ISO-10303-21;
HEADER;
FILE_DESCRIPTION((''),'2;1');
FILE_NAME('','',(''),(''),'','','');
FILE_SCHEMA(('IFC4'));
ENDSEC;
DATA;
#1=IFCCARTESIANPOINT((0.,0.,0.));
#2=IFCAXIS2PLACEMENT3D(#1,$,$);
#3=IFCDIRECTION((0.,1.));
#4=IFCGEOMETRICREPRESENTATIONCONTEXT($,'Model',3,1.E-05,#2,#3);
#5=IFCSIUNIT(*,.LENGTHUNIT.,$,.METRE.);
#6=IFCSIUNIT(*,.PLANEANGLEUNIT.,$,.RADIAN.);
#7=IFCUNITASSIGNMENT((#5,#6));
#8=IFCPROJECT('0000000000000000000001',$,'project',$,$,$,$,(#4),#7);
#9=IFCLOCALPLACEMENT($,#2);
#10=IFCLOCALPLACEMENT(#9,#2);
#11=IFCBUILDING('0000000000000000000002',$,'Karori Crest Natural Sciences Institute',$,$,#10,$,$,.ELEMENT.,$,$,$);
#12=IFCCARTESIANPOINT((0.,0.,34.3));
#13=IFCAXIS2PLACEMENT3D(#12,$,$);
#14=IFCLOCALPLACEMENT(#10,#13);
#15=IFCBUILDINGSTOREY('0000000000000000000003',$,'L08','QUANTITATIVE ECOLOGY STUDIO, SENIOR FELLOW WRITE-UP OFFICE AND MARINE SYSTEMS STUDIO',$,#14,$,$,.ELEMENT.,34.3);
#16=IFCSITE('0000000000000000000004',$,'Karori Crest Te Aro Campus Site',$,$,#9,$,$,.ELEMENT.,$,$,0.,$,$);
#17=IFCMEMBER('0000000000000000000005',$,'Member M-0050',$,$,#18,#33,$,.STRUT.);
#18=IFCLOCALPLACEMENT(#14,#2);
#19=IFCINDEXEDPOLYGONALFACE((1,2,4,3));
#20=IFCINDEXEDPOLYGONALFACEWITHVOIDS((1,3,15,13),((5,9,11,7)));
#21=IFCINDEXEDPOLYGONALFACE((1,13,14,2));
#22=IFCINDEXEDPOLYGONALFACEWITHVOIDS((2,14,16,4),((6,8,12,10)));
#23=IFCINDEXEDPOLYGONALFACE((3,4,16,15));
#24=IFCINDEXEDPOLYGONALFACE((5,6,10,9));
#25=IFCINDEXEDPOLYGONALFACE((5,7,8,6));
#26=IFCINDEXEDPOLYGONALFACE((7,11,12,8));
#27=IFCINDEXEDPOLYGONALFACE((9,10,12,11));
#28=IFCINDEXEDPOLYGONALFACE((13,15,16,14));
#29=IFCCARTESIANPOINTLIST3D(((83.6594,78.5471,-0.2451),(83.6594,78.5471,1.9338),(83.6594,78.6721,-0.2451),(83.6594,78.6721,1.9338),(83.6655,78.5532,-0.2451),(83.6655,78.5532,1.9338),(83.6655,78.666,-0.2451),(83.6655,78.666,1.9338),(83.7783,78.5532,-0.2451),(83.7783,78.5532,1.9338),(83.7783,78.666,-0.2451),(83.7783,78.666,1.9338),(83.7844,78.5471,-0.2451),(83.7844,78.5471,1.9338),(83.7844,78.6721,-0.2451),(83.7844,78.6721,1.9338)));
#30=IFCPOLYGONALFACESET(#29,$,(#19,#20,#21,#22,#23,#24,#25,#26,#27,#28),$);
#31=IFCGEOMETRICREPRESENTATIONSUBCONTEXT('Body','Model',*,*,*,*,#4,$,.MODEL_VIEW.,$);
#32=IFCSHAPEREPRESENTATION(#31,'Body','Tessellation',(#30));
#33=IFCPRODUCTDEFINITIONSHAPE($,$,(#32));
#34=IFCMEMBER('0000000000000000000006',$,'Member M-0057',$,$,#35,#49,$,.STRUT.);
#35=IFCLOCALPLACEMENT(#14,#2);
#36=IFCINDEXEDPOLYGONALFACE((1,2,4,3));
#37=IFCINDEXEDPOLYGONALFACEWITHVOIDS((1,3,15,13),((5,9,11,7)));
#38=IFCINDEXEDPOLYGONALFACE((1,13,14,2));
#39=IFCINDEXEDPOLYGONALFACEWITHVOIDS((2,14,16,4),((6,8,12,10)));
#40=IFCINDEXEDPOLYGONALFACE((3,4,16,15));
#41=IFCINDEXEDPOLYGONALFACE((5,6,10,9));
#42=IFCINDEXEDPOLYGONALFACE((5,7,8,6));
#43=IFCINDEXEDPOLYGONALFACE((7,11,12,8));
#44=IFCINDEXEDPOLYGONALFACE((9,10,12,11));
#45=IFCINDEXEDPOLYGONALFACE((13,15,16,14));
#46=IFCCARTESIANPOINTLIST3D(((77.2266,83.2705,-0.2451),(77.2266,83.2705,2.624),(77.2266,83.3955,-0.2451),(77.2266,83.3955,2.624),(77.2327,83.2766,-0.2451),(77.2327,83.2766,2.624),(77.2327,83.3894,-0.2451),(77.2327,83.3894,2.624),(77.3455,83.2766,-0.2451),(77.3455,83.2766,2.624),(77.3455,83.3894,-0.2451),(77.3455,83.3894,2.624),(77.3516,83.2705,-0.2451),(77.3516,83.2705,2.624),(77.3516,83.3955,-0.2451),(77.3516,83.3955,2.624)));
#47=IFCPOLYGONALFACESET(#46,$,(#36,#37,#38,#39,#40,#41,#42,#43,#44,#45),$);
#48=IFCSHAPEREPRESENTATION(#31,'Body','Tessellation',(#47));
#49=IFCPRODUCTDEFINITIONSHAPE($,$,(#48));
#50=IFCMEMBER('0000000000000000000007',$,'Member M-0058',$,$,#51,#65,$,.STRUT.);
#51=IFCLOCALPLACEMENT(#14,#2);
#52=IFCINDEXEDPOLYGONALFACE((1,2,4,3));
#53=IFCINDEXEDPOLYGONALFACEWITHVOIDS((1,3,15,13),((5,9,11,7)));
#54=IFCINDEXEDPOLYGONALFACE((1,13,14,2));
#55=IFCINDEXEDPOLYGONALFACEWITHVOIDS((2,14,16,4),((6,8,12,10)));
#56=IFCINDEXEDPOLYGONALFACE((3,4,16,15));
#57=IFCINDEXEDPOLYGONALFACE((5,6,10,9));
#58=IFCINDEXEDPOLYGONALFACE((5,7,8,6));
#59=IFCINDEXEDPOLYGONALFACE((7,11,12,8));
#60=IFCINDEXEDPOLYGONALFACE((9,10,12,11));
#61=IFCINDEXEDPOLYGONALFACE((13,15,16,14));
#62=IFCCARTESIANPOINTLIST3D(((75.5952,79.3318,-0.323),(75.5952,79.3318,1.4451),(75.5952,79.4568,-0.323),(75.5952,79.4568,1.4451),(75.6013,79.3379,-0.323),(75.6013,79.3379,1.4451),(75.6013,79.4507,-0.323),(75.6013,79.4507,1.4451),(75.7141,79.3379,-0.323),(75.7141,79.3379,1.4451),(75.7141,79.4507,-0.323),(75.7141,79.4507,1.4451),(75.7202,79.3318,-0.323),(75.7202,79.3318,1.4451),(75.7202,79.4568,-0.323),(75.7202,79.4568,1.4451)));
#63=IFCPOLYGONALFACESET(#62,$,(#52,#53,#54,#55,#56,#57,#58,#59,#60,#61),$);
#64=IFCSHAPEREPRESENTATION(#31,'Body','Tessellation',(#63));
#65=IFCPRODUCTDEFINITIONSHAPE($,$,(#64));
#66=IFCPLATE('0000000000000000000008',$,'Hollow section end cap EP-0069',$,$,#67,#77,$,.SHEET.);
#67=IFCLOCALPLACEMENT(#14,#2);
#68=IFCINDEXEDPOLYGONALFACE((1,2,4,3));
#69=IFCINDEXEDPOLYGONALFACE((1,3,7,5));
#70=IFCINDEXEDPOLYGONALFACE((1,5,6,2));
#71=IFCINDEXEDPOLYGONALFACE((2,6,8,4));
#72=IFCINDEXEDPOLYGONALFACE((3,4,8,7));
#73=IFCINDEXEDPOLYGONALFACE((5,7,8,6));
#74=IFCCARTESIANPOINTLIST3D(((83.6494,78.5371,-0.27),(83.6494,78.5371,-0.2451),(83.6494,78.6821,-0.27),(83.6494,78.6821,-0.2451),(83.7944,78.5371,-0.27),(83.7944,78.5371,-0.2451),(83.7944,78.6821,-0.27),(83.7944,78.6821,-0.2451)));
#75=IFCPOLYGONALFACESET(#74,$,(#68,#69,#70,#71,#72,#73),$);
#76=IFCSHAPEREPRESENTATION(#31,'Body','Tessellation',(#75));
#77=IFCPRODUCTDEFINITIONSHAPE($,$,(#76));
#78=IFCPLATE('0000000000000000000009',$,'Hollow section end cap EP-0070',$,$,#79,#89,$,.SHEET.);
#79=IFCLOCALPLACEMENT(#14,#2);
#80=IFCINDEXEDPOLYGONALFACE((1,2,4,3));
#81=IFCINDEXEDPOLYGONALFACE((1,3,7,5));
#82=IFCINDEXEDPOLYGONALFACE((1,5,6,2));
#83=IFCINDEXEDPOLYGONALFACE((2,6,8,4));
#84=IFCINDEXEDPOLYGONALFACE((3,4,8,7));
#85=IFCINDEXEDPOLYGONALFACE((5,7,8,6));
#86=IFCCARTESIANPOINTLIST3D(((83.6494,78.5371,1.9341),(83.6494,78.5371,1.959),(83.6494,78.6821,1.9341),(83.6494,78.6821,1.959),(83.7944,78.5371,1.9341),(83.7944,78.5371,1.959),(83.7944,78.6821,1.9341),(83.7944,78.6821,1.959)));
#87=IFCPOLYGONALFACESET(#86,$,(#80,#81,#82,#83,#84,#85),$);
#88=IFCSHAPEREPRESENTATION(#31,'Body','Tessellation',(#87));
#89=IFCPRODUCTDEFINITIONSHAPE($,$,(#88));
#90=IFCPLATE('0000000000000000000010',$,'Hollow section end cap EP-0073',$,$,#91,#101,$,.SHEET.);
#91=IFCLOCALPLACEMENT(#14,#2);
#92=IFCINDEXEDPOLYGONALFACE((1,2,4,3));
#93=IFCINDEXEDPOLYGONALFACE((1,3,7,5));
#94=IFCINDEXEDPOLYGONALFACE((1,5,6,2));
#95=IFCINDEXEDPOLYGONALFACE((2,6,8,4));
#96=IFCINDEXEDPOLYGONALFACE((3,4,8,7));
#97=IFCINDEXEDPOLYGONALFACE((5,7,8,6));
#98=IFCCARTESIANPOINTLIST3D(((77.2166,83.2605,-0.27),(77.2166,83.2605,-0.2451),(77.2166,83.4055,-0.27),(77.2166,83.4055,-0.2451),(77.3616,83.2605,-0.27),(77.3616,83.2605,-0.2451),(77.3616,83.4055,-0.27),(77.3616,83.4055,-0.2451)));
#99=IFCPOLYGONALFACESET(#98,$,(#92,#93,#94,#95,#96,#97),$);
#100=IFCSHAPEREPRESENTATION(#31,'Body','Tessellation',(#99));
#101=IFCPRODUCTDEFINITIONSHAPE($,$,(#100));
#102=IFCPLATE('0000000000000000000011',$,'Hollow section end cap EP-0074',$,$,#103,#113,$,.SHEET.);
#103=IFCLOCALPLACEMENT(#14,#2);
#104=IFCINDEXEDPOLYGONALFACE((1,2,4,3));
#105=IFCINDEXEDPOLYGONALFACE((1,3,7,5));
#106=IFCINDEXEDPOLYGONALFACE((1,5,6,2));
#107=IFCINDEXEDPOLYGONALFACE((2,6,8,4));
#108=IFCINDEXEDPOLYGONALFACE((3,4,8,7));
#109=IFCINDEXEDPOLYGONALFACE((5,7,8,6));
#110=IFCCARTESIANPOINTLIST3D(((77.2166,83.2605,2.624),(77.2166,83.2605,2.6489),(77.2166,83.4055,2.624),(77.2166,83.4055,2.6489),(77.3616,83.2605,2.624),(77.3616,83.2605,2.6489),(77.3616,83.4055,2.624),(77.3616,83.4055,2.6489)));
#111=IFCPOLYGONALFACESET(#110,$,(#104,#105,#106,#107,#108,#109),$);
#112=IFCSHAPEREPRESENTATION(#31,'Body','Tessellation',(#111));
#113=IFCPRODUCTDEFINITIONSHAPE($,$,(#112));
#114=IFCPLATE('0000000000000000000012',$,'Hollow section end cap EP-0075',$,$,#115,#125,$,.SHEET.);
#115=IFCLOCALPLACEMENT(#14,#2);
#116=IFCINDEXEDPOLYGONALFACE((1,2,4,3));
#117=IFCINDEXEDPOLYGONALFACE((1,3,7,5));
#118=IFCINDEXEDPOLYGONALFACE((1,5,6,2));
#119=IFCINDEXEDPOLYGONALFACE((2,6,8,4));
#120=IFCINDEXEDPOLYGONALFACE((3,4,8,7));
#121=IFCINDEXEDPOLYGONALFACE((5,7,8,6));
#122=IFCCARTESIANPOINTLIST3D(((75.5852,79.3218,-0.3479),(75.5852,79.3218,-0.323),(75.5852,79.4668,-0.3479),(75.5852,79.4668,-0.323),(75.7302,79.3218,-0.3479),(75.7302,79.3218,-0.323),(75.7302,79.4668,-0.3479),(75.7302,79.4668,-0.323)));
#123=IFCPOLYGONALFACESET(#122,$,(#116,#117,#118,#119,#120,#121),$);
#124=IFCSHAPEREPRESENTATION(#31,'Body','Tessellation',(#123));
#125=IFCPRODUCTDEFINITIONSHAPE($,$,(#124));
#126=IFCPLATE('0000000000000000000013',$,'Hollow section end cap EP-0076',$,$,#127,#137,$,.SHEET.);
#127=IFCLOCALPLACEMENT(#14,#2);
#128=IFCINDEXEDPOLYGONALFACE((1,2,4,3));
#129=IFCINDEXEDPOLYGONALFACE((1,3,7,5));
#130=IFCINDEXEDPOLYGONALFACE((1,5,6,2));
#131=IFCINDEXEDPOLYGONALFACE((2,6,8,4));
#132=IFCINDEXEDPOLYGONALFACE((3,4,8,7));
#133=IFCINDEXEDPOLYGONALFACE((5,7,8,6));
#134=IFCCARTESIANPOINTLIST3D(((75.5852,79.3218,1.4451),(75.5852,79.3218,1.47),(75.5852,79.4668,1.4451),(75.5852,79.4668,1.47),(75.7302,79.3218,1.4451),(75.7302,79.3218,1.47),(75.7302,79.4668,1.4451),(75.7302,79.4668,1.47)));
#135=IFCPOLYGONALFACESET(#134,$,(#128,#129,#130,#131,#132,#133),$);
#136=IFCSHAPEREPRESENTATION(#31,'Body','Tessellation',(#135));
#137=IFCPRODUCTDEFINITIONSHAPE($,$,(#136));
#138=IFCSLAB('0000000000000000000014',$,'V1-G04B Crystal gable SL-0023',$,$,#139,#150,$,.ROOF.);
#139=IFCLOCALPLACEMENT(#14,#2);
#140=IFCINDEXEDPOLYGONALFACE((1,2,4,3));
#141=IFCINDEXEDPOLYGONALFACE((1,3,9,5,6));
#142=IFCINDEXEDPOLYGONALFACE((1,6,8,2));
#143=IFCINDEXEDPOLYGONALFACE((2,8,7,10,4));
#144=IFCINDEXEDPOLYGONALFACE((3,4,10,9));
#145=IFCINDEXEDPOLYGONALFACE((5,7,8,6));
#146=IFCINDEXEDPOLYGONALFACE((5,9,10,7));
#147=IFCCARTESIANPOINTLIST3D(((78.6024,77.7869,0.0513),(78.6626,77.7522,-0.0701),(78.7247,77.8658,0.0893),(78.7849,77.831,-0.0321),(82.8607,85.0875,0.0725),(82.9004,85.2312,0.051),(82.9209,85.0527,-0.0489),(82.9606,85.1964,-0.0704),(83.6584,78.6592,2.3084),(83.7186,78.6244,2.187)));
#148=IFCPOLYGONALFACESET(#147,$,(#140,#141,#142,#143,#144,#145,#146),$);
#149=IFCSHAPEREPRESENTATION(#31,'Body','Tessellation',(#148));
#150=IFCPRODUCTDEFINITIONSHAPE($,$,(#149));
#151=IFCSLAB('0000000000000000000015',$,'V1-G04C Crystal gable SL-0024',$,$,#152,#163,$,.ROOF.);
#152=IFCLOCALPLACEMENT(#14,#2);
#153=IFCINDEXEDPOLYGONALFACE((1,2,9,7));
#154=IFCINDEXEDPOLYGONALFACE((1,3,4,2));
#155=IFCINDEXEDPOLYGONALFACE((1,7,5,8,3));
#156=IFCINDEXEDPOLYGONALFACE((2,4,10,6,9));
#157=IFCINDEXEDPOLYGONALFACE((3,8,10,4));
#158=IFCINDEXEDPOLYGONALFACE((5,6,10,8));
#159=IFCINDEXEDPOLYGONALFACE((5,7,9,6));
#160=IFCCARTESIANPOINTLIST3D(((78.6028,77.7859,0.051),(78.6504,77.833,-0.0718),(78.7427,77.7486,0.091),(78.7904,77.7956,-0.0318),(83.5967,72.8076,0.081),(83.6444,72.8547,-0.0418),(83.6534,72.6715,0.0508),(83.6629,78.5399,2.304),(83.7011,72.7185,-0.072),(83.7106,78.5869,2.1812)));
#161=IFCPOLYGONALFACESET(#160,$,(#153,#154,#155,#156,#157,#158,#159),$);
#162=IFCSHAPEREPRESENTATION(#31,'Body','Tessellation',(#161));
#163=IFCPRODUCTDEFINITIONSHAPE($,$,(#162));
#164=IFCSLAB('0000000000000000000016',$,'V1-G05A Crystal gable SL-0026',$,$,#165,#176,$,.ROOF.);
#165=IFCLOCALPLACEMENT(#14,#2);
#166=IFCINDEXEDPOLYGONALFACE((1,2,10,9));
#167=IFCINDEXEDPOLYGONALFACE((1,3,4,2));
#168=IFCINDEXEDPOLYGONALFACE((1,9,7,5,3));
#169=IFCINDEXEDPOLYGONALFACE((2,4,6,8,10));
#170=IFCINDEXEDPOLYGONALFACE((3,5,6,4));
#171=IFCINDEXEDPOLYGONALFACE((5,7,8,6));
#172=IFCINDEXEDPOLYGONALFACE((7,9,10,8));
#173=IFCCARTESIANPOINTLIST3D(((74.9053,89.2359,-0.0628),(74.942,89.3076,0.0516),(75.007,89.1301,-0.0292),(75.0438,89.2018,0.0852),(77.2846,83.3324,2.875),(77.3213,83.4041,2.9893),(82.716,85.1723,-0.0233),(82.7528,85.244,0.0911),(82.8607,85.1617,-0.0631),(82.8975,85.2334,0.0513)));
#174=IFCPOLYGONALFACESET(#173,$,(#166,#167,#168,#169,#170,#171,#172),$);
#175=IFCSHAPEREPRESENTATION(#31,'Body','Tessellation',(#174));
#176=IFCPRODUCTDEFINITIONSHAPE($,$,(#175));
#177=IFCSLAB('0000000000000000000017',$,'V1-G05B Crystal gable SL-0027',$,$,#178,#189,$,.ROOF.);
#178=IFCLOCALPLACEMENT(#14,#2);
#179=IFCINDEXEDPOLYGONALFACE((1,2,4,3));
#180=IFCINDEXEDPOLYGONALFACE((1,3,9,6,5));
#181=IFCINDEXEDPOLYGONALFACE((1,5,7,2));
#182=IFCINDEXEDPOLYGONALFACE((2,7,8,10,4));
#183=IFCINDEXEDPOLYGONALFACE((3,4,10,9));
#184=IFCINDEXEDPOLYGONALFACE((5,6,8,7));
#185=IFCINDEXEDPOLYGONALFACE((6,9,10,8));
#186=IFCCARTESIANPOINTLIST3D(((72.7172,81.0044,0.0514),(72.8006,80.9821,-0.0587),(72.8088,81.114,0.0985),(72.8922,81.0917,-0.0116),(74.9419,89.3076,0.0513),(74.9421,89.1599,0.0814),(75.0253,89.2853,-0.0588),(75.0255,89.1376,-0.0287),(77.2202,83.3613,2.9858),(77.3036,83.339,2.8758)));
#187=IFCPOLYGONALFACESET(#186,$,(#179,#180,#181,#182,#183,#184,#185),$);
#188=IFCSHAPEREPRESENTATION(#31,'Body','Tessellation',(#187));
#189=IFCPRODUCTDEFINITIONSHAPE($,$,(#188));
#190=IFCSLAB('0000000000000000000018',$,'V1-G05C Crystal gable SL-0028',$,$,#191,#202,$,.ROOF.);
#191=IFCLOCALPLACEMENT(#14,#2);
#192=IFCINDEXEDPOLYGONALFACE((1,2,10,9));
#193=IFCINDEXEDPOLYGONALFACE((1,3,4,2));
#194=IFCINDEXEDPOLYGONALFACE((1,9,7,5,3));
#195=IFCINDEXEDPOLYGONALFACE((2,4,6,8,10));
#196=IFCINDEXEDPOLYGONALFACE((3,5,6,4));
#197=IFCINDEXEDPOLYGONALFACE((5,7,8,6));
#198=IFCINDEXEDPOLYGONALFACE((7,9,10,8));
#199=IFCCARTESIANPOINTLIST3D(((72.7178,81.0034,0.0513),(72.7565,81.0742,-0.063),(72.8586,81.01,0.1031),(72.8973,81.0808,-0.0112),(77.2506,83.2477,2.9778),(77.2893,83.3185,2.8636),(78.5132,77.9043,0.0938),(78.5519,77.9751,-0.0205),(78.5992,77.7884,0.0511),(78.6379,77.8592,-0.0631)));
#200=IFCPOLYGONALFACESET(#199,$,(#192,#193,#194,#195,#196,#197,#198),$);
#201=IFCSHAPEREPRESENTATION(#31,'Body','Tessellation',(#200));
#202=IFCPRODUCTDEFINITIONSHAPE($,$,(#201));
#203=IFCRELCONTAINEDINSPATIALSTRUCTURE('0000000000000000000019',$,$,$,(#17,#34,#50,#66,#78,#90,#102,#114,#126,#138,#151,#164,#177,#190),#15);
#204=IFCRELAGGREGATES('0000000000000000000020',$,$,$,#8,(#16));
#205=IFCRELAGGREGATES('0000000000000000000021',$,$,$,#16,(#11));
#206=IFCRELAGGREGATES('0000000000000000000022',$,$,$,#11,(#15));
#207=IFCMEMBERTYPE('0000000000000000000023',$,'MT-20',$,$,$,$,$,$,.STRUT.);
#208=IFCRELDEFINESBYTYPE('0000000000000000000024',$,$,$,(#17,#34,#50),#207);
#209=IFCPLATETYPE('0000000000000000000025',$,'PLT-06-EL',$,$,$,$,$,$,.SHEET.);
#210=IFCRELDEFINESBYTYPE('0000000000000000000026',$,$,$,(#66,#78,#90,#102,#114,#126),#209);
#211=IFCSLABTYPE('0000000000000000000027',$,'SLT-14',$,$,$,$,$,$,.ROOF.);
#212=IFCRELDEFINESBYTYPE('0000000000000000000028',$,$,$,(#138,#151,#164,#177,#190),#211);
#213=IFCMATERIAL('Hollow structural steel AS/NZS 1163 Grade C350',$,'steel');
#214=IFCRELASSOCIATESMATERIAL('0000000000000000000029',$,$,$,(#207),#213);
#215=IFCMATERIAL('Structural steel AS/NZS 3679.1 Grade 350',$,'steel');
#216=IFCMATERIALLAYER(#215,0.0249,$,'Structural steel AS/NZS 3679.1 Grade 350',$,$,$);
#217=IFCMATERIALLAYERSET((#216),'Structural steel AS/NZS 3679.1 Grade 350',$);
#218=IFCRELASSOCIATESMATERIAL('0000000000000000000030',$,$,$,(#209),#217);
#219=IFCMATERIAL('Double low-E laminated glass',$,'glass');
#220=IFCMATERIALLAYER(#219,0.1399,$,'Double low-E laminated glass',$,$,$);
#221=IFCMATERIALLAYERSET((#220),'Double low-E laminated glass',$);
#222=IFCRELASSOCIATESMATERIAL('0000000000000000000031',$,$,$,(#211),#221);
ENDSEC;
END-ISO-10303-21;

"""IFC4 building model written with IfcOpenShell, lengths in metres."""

from ifc_helpers import new_model, si_unit, direction, frame, origin, origin_2d, place, context, subcontext, project, spatial, polyline, rectangle, hollow_rectangle, outline, extrude, material, layer, layer_set, material_profile, profile_set, type_object, element, save


model = new_model("IFC4")

# Units and contexts
model_context = context("Model", 3, precision=1e-05, world=origin(), true_north=direction((0.0, 1.0)))
body_context = subcontext(model_context, "Body", "Model", "MODEL_VIEW")
ifc_project = project(units=[si_unit("LENGTHUNIT", "METRE"), si_unit("PLANEANGLEUNIT", "RADIAN")], contexts=[model_context])

# Site, building, storey
site_placement = place(None, origin())
site = spatial("IfcSite", under=ifc_project, at=site_placement, Name="Karori Crest Te Aro Campus Site", CompositionType="ELEMENT", RefElevation=0.0)
building_placement = place(site_placement, origin())
building = spatial("IfcBuilding", under=site, at=building_placement, Name="Karori Crest Natural Sciences Institute", CompositionType="ELEMENT")
storey_placement = place(building_placement, frame((0.0, 0.0, 34.3)))
storey = spatial("IfcBuildingStorey", under=building, at=storey_placement, Name="L08", Description="QUANTITATIVE ECOLOGY STUDIO, SENIOR FELLOW WRITE-UP OFFICE AND MARINE SYSTEMS STUDIO", CompositionType="ELEMENT", Elevation=34.3)

# Members
ifc_material_1 = material(Name="Structural steel AS/NZS 3679.1 Grade 350", Category="steel")
ifc_material_2 = material(Name="Hollow structural steel AS/NZS 1163 Grade C350", Category="steel")
ifc_material_profile_1 = material_profile(ifc_material_2, hollow_rectangle(XDim=0.125, YDim=0.125, WallThickness=0.0061, at=origin_2d()), Name="SHS125x125x6")
ifc_profile_set_1 = profile_set([ifc_material_profile_1], Name="Hollow structural steel AS/NZS 1163 Grade C350")
member_type_1 = type_object("IfcMemberType", Name="MT-20", PredefinedType="STRUT", material=ifc_profile_set_1)
member_1_placement = place(storey_placement, frame((83.7219, 78.6096, -0.2451), z_axis=(0.0, 0.0, 1.0), x_axis=(1.0, 0.0, 0.0)))
element("IfcMember", 1, at=member_1_placement, inside=storey, type_object=member_type_1, Name="Member M-0050", PredefinedType="STRUT", context=body_context, shape_type="SweptSolid", body=[
    extrude(hollow_rectangle(XDim=0.125, YDim=0.125, WallThickness=0.0061, at=origin_2d()), origin(), (0.0, 0.0, 1.0), 2.179),
])
member_2_placement = place(storey_placement, frame((77.2891, 83.333, -0.2451), z_axis=(0.0, 0.0, 1.0), x_axis=(1.0, 0.0, 0.0)))
element("IfcMember", 2, at=member_2_placement, inside=storey, type_object=member_type_1, Name="Member M-0057", PredefinedType="STRUT", context=body_context, shape_type="SweptSolid", body=[
    extrude(hollow_rectangle(XDim=0.125, YDim=0.125, WallThickness=0.0061, at=origin_2d()), origin(), (0.0, 0.0, 1.0), 2.8691),
])
member_3_placement = place(storey_placement, frame((75.6577, 79.3943, -0.323), z_axis=(0.0, 0.0, 1.0), x_axis=(1.0, 0.0, 0.0)))
element("IfcMember", 3, at=member_3_placement, inside=storey, type_object=member_type_1, Name="Member M-0058", PredefinedType="STRUT", context=body_context, shape_type="SweptSolid", body=[
    extrude(hollow_rectangle(XDim=0.125, YDim=0.125, WallThickness=0.0061, at=origin_2d()), origin(), (0.0, 0.0, 1.0), 1.7681),
])

# Plates
ifc_layer_1 = layer(ifc_material_1, 0.0249, Name="Structural steel AS/NZS 3679.1 Grade 350")
ifc_layer_set_1 = layer_set([ifc_layer_1], Name="Structural steel AS/NZS 3679.1 Grade 350")
plate_type = type_object("IfcPlateType", Name="PLT-06-EL", PredefinedType="SHEET", material=ifc_layer_set_1)
for number, where, z_axis, x_axis, name in (
    (4, (83.7219, 78.6096, -0.27), (0.0, 0.0, 1.0), (1.0, 0.0, 0.0), "Hollow section end cap EP-0069"),
    (5, (83.7219, 78.6096, 1.9341), (0.0, 0.0, 1.0), (1.0, 0.0, 0.0), "Hollow section end cap EP-0070"),
    (6, (77.2891, 83.333, -0.27), (0.0, 0.0, 1.0), (1.0, 0.0, 0.0), "Hollow section end cap EP-0073"),
    (7, (77.2891, 83.333, 2.624), (0.0, 0.0, 1.0), (1.0, 0.0, 0.0), "Hollow section end cap EP-0074"),
    (8, (75.6577, 79.3943, -0.3479), (0.0, 0.0, 1.0), (1.0, 0.0, 0.0), "Hollow section end cap EP-0075"),
    (9, (75.6577, 79.3943, 1.4451), (0.0, 0.0, 1.0), (1.0, 0.0, 0.0), "Hollow section end cap EP-0076"),
):
    element("IfcPlate", number, at=place(storey_placement, frame(where, z_axis=z_axis, x_axis=x_axis)), inside=storey, type_object=plate_type, Name=name, PredefinedType="SHEET", context=body_context, shape_type="SweptSolid", body=[
        extrude(rectangle(XDim=0.145, YDim=0.145, at=origin_2d()), origin(), (0.0, 0.0, 1.0), 0.0249),
    ])

# Slabs
ifc_material_3 = material(Name="Double low-E laminated glass", Category="glass")
ifc_layer_2 = layer(ifc_material_3, 0.1399, Name="Double low-E laminated glass")
ifc_layer_set_2 = layer_set([ifc_layer_2], Name="Double low-E laminated glass")
slab_type = type_object("IfcSlabType", Name="SLT-14", PredefinedType="ROOF", material=ifc_layer_set_2)
slab_1_placement = place(storey_placement, frame((82.9004, 85.2312, 0.051), z_axis=(-0.430275, 0.24845, 0.867834), x_axis=(-0.500002, -0.866024, 0.000029)))
element("IfcSlab", 10, at=slab_1_placement, inside=storey, type_object=slab_type, Name="V1-G04B Crystal gable SL-0023", PredefinedType="ROOF", context=body_context, shape_type="SweptSolid", body=[
    extrude(outline(polyline([(0.0, 0.0), (8.5959, 0.0), (8.4665, 0.0766), (5.3126, 4.5429), (0.1443, 0.0432), (0.0, 0.0)])), origin(), (0.0, 0.0, -1.0), 0.1399),
])
slab_2_placement = place(storey_placement, frame((78.6028, 77.7859, 0.051), z_axis=(-0.340731, -0.336515, 0.877873), x_axis=(0.702654, -0.711531, -0.000028)))
element("IfcSlab", 11, at=slab_2_placement, inside=storey, type_object=slab_type, Name="V1-G04C Crystal gable SL-0024", PredefinedType="ROOF", context=body_context, shape_type="SweptSolid", body=[
    extrude(outline(polyline([(0.0, 0.0), (7.1879, 0.0), (7.0512, 0.063), (3.019, 4.7048), (0.1249, 0.0835), (0.0, 0.0)])), origin(), (0.0, 0.0, -1.0), 0.1399),
])
slab_3_placement = place(storey_placement, frame((82.8975, 85.2334, 0.0513), z_axis=(0.262558, 0.512624, 0.817484), x_axis=(-0.89007, 0.455824, 0.000034)))
element("IfcSlab", 12, at=slab_3_placement, inside=storey, type_object=slab_type, Name="V1-G05A Crystal gable SL-0026", PredefinedType="ROOF", context=body_context, shape_type="SweptSolid", body=[
    extrude(outline(polyline([(0.0, 0.0), (8.938, 0.0), (8.7992, 0.0584), (4.1294, 5.101), (0.1336, 0.0691), (0.0, 0.0)])), origin(), (0.0, 0.0, -1.0), 0.1399),
])
slab_4_placement = place(storey_placement, frame((74.9419, 89.3076, 0.0513), z_axis=(-0.596298, 0.159774, 0.786702), x_axis=(-0.258801, -0.965931, 0.00001)))
element("IfcSlab", 13, at=slab_4_placement, inside=storey, type_object=slab_type, Name="V1-G05B Crystal gable SL-0027", PredefinedType="ROOF", context=body_context, shape_type="SweptSolid", body=[
    extrude(outline(polyline([(0.0, 0.0), (8.5961, 0.0), (8.4665, 0.0763), (5.1541, 4.7535), (0.1426, 0.0488), (0.0, 0.0)])), origin(), (0.0, 0.0, -1.0), 0.1399),
])
slab_5_placement = place(storey_placement, frame((72.7178, 81.0034, 0.0513), z_axis=(-0.27671, -0.506241, 0.816793), x_axis=(0.877459, -0.479652, -0.000023)))
element("IfcSlab", 14, at=slab_5_placement, inside=storey, type_object=slab_type, Name="V1-G05C Crystal gable SL-0028", PredefinedType="ROOF", context=body_context, shape_type="SweptSolid", body=[
    extrude(outline(polyline([(0.0, 0.0), (6.7028, 0.0), (6.5717, 0.074), (2.9008, 5.0728), (0.1204, 0.0898), (0.0, 0.0)])), origin(), (0.0, 0.0, -1.0), 0.1399),
])

save(model, "model.ifc")
